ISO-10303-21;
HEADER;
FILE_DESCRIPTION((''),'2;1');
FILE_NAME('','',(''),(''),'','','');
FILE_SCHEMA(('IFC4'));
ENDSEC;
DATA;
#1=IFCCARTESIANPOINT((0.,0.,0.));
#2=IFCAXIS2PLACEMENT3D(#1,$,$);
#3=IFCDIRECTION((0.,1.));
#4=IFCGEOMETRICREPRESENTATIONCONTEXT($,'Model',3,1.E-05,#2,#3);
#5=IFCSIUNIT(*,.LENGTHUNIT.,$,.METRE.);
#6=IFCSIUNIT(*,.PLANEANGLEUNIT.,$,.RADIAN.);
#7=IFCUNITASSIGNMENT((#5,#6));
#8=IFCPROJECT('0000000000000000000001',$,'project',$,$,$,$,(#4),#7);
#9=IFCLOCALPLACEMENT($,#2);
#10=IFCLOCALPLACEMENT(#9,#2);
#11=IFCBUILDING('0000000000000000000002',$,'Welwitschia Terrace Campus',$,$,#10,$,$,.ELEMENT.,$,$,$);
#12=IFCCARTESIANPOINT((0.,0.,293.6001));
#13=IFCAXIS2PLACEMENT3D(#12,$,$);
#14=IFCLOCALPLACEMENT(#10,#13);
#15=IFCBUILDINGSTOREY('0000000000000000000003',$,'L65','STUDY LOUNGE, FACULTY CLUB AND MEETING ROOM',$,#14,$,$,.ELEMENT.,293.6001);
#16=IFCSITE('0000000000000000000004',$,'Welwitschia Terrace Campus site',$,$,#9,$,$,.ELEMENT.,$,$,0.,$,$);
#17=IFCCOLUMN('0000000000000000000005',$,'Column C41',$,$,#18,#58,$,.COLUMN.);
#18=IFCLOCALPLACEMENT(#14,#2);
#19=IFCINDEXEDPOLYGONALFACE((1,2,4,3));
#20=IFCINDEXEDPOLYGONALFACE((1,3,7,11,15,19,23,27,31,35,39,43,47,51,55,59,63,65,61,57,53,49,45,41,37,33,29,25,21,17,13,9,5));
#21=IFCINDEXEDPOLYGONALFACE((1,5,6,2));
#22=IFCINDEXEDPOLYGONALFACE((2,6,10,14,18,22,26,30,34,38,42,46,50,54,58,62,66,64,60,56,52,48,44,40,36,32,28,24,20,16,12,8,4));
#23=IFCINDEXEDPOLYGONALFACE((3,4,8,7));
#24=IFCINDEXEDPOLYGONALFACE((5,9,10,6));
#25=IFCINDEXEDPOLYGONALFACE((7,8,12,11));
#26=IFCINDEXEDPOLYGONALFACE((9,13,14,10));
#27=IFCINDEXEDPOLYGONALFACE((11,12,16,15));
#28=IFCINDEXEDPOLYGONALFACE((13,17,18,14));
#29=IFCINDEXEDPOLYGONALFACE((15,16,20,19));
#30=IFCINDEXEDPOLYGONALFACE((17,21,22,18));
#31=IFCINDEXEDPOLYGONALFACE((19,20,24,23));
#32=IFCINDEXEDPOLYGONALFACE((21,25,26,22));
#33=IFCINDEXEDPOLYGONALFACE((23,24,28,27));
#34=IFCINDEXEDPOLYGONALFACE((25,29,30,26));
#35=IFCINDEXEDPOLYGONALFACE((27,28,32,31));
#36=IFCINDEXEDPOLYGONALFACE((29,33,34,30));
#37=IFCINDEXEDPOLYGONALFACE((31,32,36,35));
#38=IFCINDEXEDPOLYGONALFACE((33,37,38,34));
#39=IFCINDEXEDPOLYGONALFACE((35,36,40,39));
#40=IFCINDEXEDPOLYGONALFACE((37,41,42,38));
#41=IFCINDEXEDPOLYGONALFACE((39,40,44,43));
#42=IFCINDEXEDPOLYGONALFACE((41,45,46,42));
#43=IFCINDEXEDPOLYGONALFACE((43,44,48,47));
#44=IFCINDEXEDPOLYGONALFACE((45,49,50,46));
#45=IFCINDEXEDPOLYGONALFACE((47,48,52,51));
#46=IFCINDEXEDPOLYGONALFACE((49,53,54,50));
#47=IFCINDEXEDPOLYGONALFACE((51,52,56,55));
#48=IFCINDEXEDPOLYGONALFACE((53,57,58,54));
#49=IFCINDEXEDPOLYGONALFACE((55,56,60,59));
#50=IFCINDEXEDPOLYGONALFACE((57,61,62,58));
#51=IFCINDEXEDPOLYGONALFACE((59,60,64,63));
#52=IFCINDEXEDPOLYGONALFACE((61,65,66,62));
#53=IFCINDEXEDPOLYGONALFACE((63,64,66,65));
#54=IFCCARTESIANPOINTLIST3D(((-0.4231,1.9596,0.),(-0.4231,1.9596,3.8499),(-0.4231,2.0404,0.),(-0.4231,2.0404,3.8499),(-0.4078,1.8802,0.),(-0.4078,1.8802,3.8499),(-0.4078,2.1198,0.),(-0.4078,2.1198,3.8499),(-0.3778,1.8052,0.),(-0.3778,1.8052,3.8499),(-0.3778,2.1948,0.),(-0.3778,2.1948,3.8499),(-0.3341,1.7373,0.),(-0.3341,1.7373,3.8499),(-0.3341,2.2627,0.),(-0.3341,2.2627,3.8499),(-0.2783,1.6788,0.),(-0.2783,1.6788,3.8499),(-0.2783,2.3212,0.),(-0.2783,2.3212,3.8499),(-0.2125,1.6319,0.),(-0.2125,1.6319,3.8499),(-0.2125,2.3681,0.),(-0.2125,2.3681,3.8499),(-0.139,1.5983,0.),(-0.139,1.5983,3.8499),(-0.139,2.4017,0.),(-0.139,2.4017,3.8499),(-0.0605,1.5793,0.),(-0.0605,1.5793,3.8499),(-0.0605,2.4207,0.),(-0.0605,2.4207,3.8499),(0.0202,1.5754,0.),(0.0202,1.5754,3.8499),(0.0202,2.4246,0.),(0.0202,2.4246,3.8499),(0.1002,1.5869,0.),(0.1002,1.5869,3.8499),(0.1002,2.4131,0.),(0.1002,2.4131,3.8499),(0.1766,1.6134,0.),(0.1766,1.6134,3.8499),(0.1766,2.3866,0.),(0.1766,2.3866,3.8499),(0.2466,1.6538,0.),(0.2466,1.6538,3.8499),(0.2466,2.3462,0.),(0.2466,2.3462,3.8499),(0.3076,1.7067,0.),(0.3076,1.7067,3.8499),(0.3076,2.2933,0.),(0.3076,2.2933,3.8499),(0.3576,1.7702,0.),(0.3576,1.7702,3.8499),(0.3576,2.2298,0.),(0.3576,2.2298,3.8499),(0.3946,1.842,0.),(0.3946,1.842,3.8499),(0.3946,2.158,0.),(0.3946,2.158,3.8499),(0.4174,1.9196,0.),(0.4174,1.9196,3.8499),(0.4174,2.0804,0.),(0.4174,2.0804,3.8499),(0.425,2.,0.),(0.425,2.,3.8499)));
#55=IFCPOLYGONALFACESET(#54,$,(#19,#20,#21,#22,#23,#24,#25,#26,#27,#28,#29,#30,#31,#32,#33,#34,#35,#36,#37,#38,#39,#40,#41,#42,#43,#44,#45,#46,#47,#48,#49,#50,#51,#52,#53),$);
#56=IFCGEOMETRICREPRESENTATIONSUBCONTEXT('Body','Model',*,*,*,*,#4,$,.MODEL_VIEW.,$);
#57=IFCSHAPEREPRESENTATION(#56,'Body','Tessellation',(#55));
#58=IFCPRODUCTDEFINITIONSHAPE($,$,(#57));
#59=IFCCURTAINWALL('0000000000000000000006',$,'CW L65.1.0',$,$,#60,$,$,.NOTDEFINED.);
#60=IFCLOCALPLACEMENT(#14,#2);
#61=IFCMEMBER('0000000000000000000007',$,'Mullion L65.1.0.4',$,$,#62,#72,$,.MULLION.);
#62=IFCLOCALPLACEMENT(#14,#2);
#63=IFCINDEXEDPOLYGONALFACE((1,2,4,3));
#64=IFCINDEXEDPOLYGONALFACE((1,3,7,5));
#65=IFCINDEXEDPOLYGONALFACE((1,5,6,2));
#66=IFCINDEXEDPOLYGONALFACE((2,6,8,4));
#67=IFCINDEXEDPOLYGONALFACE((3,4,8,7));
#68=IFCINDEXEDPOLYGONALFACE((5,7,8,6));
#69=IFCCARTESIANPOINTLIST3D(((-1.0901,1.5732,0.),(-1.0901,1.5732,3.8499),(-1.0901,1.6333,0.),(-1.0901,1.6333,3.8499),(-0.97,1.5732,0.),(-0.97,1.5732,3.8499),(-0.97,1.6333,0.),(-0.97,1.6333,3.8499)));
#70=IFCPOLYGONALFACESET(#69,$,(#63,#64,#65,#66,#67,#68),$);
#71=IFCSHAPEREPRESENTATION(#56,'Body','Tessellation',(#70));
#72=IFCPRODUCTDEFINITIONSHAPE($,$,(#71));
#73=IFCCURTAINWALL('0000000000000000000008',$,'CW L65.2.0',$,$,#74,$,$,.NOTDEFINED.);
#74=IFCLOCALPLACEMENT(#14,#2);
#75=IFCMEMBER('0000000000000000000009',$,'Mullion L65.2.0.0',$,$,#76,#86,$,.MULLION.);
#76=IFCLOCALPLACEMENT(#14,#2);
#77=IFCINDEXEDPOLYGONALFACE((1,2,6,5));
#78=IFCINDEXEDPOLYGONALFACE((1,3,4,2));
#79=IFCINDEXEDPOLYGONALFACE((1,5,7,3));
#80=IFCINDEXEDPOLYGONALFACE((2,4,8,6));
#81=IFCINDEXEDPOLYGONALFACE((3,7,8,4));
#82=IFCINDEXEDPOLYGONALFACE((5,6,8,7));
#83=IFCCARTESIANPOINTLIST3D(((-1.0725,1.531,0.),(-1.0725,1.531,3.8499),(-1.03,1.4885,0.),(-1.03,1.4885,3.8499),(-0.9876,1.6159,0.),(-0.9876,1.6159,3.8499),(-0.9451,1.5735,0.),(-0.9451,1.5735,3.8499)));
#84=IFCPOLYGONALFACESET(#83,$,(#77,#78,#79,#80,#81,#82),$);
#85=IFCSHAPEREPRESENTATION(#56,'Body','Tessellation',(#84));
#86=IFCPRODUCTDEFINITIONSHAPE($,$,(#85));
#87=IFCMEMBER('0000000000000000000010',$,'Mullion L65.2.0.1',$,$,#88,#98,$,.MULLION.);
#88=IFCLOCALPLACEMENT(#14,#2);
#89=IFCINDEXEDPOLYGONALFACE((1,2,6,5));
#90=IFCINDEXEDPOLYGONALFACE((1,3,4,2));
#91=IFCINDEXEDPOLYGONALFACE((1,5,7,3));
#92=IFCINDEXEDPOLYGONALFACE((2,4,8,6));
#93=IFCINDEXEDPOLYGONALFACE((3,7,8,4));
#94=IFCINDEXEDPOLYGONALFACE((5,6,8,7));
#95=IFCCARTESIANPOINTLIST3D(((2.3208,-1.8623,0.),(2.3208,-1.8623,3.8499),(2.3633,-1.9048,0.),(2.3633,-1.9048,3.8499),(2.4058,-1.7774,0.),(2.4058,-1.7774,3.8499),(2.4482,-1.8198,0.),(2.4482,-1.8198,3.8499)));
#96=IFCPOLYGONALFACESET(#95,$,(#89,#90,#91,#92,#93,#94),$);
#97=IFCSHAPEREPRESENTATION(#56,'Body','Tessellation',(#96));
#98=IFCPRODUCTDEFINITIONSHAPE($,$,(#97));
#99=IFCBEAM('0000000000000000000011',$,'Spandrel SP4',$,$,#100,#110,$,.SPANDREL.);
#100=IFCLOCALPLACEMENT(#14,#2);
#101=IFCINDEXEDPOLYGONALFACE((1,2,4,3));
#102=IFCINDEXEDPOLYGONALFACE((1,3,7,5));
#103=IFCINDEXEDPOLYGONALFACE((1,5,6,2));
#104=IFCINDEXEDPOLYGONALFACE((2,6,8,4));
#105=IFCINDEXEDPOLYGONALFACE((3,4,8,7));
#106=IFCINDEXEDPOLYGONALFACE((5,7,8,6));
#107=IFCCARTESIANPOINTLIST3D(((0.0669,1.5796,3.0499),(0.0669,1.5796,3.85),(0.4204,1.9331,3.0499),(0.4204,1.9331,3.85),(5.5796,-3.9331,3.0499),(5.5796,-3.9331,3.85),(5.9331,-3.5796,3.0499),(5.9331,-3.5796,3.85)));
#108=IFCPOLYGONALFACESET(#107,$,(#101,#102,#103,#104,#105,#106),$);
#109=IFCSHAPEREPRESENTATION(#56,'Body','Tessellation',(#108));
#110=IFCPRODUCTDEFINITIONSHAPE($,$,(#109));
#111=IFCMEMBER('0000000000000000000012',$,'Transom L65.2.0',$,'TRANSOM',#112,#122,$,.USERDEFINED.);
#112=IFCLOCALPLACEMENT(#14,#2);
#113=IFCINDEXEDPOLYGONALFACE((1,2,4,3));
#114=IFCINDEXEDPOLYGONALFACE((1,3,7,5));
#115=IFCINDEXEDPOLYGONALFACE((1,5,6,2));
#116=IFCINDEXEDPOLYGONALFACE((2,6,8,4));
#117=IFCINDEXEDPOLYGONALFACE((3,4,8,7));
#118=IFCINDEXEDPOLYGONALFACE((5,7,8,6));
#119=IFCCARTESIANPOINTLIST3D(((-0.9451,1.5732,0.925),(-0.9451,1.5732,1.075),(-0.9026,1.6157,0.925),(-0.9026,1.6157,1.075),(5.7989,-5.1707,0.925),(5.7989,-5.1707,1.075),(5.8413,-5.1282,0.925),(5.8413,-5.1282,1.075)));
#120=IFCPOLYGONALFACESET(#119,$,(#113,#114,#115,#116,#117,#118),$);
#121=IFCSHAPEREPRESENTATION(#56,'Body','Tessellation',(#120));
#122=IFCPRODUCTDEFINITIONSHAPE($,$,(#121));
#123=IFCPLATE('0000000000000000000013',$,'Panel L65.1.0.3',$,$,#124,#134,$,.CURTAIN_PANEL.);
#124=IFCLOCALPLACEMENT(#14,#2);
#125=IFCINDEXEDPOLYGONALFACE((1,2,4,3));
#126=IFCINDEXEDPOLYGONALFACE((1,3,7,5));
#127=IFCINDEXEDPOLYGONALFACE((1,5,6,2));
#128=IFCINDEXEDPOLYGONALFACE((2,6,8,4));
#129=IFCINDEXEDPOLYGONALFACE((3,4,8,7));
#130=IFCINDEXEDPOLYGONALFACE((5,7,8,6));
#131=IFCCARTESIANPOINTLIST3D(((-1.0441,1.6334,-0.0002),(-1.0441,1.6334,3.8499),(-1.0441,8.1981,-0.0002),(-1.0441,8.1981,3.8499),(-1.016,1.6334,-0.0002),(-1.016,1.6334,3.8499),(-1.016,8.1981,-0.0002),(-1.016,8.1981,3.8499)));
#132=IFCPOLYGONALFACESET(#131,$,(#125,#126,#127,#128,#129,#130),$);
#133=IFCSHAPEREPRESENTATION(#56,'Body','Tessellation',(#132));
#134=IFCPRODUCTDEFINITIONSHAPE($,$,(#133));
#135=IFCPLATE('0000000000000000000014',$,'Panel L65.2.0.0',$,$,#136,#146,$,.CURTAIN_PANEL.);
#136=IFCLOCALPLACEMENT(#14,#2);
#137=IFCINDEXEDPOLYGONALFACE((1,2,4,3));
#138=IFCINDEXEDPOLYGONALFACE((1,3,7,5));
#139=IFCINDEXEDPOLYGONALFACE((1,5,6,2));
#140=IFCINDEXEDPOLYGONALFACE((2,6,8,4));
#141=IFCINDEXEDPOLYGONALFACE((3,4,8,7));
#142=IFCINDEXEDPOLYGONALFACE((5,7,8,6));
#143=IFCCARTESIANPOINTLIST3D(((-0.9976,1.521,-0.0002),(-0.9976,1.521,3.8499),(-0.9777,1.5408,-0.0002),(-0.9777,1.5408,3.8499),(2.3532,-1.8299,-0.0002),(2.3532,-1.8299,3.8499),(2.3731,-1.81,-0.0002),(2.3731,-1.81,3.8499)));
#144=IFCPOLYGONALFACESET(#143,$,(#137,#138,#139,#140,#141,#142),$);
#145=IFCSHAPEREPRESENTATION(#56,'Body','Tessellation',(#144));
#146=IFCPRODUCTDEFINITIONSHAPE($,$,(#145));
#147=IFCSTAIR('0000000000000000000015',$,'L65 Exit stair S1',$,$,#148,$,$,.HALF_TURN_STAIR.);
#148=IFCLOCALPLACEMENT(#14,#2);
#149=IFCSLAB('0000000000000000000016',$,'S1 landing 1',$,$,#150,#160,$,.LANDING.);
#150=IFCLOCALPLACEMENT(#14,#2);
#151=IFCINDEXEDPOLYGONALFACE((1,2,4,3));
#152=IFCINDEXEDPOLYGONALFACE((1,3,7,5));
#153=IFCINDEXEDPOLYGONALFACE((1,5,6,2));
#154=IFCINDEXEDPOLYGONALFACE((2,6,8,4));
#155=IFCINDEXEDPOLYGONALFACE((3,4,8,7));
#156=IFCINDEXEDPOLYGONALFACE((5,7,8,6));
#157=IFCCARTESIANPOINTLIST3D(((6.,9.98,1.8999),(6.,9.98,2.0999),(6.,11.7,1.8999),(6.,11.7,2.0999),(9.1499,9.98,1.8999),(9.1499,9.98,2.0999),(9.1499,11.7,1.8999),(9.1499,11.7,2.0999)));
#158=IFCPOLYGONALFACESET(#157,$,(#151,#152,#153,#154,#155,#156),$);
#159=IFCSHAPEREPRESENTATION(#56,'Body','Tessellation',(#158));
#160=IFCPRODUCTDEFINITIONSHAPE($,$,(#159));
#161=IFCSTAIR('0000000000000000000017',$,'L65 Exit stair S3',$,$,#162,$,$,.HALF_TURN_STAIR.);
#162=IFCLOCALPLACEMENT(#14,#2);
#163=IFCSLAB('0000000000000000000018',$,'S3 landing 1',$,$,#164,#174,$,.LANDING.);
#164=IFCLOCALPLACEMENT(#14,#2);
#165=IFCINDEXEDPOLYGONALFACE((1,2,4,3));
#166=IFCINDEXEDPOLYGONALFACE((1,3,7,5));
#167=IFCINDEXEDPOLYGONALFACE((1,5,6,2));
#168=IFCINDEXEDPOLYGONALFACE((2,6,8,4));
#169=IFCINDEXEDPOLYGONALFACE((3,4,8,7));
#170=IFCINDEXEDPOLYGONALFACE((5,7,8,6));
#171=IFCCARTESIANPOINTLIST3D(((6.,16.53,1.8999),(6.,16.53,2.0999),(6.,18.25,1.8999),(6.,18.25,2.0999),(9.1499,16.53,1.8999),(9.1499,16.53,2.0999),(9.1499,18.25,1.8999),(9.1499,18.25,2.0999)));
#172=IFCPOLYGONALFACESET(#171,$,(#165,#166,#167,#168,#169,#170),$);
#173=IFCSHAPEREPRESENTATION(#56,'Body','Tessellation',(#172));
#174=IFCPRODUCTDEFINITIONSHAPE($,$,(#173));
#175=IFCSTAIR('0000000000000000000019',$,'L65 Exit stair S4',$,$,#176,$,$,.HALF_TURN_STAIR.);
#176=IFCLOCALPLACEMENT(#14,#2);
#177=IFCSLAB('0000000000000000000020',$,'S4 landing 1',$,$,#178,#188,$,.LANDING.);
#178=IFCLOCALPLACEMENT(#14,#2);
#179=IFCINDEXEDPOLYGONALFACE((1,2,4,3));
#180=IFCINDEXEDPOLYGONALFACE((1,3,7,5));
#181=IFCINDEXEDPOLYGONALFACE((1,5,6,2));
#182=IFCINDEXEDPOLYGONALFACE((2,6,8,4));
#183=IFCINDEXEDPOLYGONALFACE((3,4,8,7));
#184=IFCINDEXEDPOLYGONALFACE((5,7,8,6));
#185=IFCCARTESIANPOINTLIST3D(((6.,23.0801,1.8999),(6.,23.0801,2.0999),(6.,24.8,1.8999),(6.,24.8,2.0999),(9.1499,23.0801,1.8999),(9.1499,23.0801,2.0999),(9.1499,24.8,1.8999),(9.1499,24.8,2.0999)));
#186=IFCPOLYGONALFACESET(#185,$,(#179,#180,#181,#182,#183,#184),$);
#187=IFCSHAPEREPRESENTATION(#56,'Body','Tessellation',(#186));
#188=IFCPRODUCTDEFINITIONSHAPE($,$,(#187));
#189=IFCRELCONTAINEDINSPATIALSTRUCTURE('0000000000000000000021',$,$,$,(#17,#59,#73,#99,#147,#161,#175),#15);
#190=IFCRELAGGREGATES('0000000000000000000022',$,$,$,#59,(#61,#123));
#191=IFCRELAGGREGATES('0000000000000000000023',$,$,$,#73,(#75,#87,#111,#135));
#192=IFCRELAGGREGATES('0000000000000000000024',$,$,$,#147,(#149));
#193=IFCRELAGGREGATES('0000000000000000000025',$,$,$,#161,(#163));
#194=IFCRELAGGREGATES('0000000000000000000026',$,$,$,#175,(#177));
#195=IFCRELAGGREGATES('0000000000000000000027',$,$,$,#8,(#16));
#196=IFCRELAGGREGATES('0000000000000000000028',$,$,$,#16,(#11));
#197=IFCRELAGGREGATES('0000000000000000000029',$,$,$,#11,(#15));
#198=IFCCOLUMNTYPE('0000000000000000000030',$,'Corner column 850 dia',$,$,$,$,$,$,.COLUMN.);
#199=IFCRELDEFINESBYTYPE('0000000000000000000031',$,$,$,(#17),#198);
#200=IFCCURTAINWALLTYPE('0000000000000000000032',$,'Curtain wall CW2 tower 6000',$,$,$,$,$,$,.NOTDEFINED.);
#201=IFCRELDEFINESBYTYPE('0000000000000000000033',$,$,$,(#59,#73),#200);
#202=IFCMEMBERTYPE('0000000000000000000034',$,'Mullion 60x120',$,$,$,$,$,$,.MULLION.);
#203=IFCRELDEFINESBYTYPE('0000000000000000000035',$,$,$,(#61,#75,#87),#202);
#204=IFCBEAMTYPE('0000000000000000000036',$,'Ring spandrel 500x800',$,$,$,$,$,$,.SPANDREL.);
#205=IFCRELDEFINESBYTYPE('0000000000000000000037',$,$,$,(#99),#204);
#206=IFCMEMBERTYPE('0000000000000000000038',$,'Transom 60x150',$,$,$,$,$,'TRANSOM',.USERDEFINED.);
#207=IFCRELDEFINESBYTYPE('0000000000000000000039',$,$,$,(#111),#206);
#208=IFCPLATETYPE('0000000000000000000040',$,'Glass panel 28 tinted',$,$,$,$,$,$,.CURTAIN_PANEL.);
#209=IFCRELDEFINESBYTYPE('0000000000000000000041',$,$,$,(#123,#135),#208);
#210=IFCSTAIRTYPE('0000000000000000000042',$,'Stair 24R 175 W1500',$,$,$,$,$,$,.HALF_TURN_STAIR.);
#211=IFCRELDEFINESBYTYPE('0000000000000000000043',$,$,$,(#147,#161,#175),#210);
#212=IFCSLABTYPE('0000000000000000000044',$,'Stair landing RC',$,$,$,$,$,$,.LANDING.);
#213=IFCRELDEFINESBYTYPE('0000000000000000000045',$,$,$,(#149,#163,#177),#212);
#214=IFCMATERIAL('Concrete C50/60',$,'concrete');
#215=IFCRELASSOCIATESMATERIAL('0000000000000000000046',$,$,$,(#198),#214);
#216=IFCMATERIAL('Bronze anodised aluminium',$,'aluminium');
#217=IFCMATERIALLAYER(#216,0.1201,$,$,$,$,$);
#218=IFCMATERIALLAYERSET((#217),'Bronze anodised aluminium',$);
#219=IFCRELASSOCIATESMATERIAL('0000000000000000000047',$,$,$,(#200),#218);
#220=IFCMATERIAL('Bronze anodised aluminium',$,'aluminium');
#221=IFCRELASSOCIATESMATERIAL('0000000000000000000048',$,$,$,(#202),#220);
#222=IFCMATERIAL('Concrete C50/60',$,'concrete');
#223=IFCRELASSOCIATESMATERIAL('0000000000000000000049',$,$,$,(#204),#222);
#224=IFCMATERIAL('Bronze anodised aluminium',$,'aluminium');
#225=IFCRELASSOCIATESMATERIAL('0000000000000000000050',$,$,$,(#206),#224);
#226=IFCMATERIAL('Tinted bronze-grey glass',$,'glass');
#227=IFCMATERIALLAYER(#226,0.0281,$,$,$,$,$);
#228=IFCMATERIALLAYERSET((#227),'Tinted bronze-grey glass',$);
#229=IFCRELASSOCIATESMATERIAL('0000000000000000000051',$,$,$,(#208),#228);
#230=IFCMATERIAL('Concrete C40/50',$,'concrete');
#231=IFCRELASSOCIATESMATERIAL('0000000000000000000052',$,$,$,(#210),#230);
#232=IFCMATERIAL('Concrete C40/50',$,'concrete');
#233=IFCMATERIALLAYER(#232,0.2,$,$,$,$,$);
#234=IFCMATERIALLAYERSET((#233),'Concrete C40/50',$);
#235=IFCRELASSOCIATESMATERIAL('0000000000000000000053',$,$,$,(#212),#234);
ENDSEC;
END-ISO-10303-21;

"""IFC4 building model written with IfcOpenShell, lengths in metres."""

from ifc_helpers import new_model, si_unit, direction, frame, origin, origin_2d, place, context, subcontext, project, spatial, polyline, rectangle, circle, outline, extrude, material, layer, layer_set, material_profile, profile_set, type_object, element, aggregate, save


model = new_model("IFC4")

# Units and contexts
model_context = context("Model", 3, precision=1e-05, world=origin(), true_north=direction((0.0, 1.0)))
body_context = subcontext(model_context, "Body", "Model", "MODEL_VIEW")
ifc_project = project(units=[si_unit("LENGTHUNIT", "METRE"), si_unit("PLANEANGLEUNIT", "RADIAN")], contexts=[model_context])

# Site, building, storey
site_placement = place(None, origin())
site = spatial("IfcSite", under=ifc_project, at=site_placement, Name="Welwitschia Terrace Campus site", CompositionType="ELEMENT", RefElevation=0.0)
building_placement = place(site_placement, origin())
building = spatial("IfcBuilding", under=site, at=building_placement, Name="Welwitschia Terrace Campus", CompositionType="ELEMENT")
storey_placement = place(building_placement, frame((0.0, 0.0, 293.6001)))
storey = spatial("IfcBuildingStorey", under=building, at=storey_placement, Name="L65", Description="STUDY LOUNGE, FACULTY CLUB AND MEETING ROOM", CompositionType="ELEMENT", Elevation=293.6001)

# Column
ifc_material_1 = material(Name="Concrete C50/60", Category="concrete")
ifc_material_profile_1 = material_profile(ifc_material_1, circle(Radius=0.425, at=origin_2d()))
ifc_profile_set_1 = profile_set([ifc_material_profile_1], Name="Concrete C50/60")
column_type = type_object("IfcColumnType", Name="Corner column 850 dia", PredefinedType="COLUMN", material=ifc_profile_set_1)
column_placement = place(storey_placement, frame((0.0, 2.0, 0.0), z_axis=(0.0, 0.0, 1.0), x_axis=(1.0, 0.0, 0.0)))
element("IfcColumn", 1, at=column_placement, inside=storey, type_object=column_type, Name="Column C41", PredefinedType="COLUMN", context=body_context, shape_type="SweptSolid", body=[
    extrude(circle(Radius=0.425, at=origin_2d()), origin(), (0.0, 0.0, 1.0), 3.8499),
])

# Curtain wall, member
ifc_material_2 = material(Name="Bronze anodised aluminium", Category="aluminium")
ifc_layer_1 = layer(ifc_material_2, 0.1201)
ifc_layer_set_1 = layer_set([ifc_layer_1], Name="Bronze anodised aluminium")
curtain_wall_type = type_object("IfcCurtainWallType", Name="Curtain wall CW2 tower 6000", PredefinedType="NOTDEFINED", material=ifc_layer_set_1)
curtain_wall_1_placement = place(storey_placement, origin())
curtain_wall_1 = element("IfcCurtainWall", 2, at=curtain_wall_1_placement, inside=storey, type_object=curtain_wall_type, Name="CW L65.1.0", PredefinedType="NOTDEFINED")
ifc_material_3 = material(Name="Bronze anodised aluminium", Category="aluminium")
ifc_material_profile_2 = material_profile(ifc_material_3, rectangle(XDim=0.1201, YDim=0.0601, at=origin_2d()))
ifc_profile_set_2 = profile_set([ifc_material_profile_2], Name="Bronze anodised aluminium")
member_type_1 = type_object("IfcMemberType", Name="Mullion 60x120", PredefinedType="MULLION", material=ifc_profile_set_2)
member_1_placement = place(storey_placement, frame((-1.03, 1.6033, 0.0), z_axis=(0.0, 0.0, 1.0), x_axis=(1.0, 0.0, 0.0)))
member_1 = element("IfcMember", 3, at=member_1_placement, type_object=member_type_1, Name="Mullion L65.1.0.4", PredefinedType="MULLION", context=body_context, shape_type="SweptSolid", body=[
    extrude(rectangle(XDim=0.1201, YDim=0.0601, at=origin_2d()), origin(), (0.0, 0.0, 1.0), 3.8499),
])

# Curtain wall, members
curtain_wall_2_placement = place(storey_placement, origin())
curtain_wall_2 = element("IfcCurtainWall", 4, at=curtain_wall_2_placement, inside=storey, type_object=curtain_wall_type, Name="CW L65.2.0", PredefinedType="NOTDEFINED")
member_2_placement = place(storey_placement, frame((-1.0088, 1.5522, 0.0), z_axis=(0.0, 0.0, 1.0), x_axis=(0.707107, 0.707107, 0.0)))
member_2 = element("IfcMember", 5, at=member_2_placement, type_object=member_type_1, Name="Mullion L65.2.0.0", PredefinedType="MULLION", context=body_context, shape_type="SweptSolid", body=[
    extrude(rectangle(XDim=0.1201, YDim=0.0601, at=origin_2d()), origin(), (0.0, 0.0, 1.0), 3.8499),
])
member_3_placement = place(storey_placement, frame((2.3845, -1.8411, 0.0), z_axis=(0.0, 0.0, 1.0), x_axis=(0.707107, 0.707107, 0.0)))
member_3 = element("IfcMember", 6, at=member_3_placement, type_object=member_type_1, Name="Mullion L65.2.0.1", PredefinedType="MULLION", context=body_context, shape_type="SweptSolid", body=[
    extrude(rectangle(XDim=0.1201, YDim=0.0601, at=origin_2d()), origin(), (0.0, 0.0, 1.0), 3.8499),
])

# Beam
ifc_material_4 = material(Name="Concrete C50/60", Category="concrete")
ifc_material_profile_3 = material_profile(ifc_material_4, rectangle(XDim=0.5, YDim=0.8, at=origin_2d()))
ifc_profile_set_3 = profile_set([ifc_material_profile_3], Name="Concrete C50/60")
beam_type = type_object("IfcBeamType", Name="Ring spandrel 500x800", PredefinedType="SPANDREL", material=ifc_profile_set_3)
beam_placement = place(storey_placement, frame((0.2437, 1.7563, 3.45), z_axis=(0.707107, -0.707107, 0.0), x_axis=(0.707107, 0.707107, 0.0)))
element("IfcBeam", 7, at=beam_placement, inside=storey, type_object=beam_type, Name="Spandrel SP4", PredefinedType="SPANDREL", context=body_context, shape_type="SweptSolid", body=[
    extrude(rectangle(XDim=0.5, YDim=0.8, at=origin_2d()), origin(), (0.0, 0.0, 1.0), 7.7961),
])

# Member
ifc_material_5 = material(Name="Bronze anodised aluminium", Category="aluminium")
ifc_material_profile_4 = material_profile(ifc_material_5, rectangle(XDim=0.0601, YDim=0.1499, at=origin_2d()))
ifc_profile_set_4 = profile_set([ifc_material_profile_4], Name="Bronze anodised aluminium")
member_type_2 = type_object("IfcMemberType", Name="Transom 60x150", ElementType="TRANSOM", PredefinedType="USERDEFINED", material=ifc_profile_set_4)
member_4_placement = place(storey_placement, frame((-0.9238, 1.5945, 1.0), z_axis=(0.707107, -0.707107, 0.0), x_axis=(0.707107, 0.707107, 0.0)))
member_4 = element("IfcMember", 8, at=member_4_placement, type_object=member_type_2, Name="Transom L65.2.0", ObjectType="TRANSOM", PredefinedType="USERDEFINED", context=body_context, shape_type="SweptSolid", body=[
    extrude(rectangle(XDim=0.0601, YDim=0.1499, at=origin_2d()), origin(), (0.0, 0.0, 1.0), 9.5374),
])

# Plates
ifc_material_6 = material(Name="Tinted bronze-grey glass", Category="glass")
ifc_layer_2 = layer(ifc_material_6, 0.0281)
ifc_layer_set_2 = layer_set([ifc_layer_2], Name="Tinted bronze-grey glass")
plate_type = type_object("IfcPlateType", Name="Glass panel 28 tinted", PredefinedType="CURTAIN_PANEL", material=ifc_layer_set_2)
plate_1_placement = place(storey_placement, frame((-1.03, 4.9158, -0.0002), z_axis=(0.0, 0.0, 1.0), x_axis=(0.0, -1.0, 0.0)))
plate_1 = element("IfcPlate", 9, at=plate_1_placement, type_object=plate_type, Name="Panel L65.1.0.3", PredefinedType="CURTAIN_PANEL", context=body_context, shape_type="SweptSolid", body=[
    extrude(rectangle(XDim=6.5647, YDim=0.0281, at=origin_2d()), origin(), (0.0, 0.0, 1.0), 3.8501),
])
aggregate(curtain_wall_1, [member_1, plate_1])
plate_2_placement = place(storey_placement, frame((0.6877, -0.1445, -0.0002), z_axis=(0.0, 0.0, 1.0), x_axis=(0.707107, -0.707107, 0.0)))
plate_2 = element("IfcPlate", 10, at=plate_2_placement, type_object=plate_type, Name="Panel L65.2.0.0", PredefinedType="CURTAIN_PANEL", context=body_context, shape_type="SweptSolid", body=[
    extrude(rectangle(XDim=4.7388, YDim=0.0281, at=origin_2d()), origin(), (0.0, 0.0, 1.0), 3.8501),
])
aggregate(curtain_wall_2, [member_2, member_3, member_4, plate_2])

# Stairs, slabs
ifc_material_7 = material(Name="Concrete C40/50", Category="concrete")
stair_type = type_object("IfcStairType", Name="Stair 24R 175 W1500", PredefinedType="HALF_TURN_STAIR", material=ifc_material_7)
stair_1_placement = place(storey_placement, origin())
stair_1 = element("IfcStair", 11, at=stair_1_placement, inside=storey, type_object=stair_type, Name="L65 Exit stair S1", PredefinedType="HALF_TURN_STAIR")
ifc_material_8 = material(Name="Concrete C40/50", Category="concrete")
ifc_layer_3 = layer(ifc_material_8, 0.2)
ifc_layer_set_3 = layer_set([ifc_layer_3], Name="Concrete C40/50")
slab_type_1 = type_object("IfcSlabType", Name="Stair landing RC", PredefinedType="LANDING", material=ifc_layer_set_3)
slab_1_placement = place(storey_placement, frame((0.0, 0.0, 1.8999)))
slab_1 = element("IfcSlab", 12, at=slab_1_placement, type_object=slab_type_1, Name="S1 landing 1", PredefinedType="LANDING", context=body_context, shape_type="SweptSolid", body=[
    extrude(outline(polyline([(9.1499, 9.98), (9.1499, 11.7), (6.0, 11.7), (6.0, 9.98), (9.1499, 9.98)])), origin(), (0.0, 0.0, 1.0), 0.2),
])
aggregate(stair_1, [slab_1])
stair_2_placement = place(storey_placement, origin())
stair_2 = element("IfcStair", 13, at=stair_2_placement, inside=storey, type_object=stair_type, Name="L65 Exit stair S3", PredefinedType="HALF_TURN_STAIR")
slab_2_placement = place(storey_placement, frame((0.0, 0.0, 1.8999)))
slab_2 = element("IfcSlab", 14, at=slab_2_placement, type_object=slab_type_1, Name="S3 landing 1", PredefinedType="LANDING", context=body_context, shape_type="SweptSolid", body=[
    extrude(outline(polyline([(9.1499, 16.53), (9.1499, 18.25), (6.0, 18.25), (6.0, 16.53), (9.1499, 16.53)])), origin(), (0.0, 0.0, 1.0), 0.2),
])
aggregate(stair_2, [slab_2])
stair_3_placement = place(storey_placement, origin())
stair_3 = element("IfcStair", 15, at=stair_3_placement, inside=storey, type_object=stair_type, Name="L65 Exit stair S4", PredefinedType="HALF_TURN_STAIR")
slab_3_placement = place(storey_placement, frame((0.0, 0.0, 1.8999)))
slab_3 = element("IfcSlab", 16, at=slab_3_placement, type_object=slab_type_1, Name="S4 landing 1", PredefinedType="LANDING", context=body_context, shape_type="SweptSolid", body=[
    extrude(outline(polyline([(9.1499, 23.0801), (9.1499, 24.8), (6.0, 24.8), (6.0, 23.0801), (9.1499, 23.0801)])), origin(), (0.0, 0.0, 1.0), 0.2),
])
aggregate(stair_3, [slab_3])

save(model, "model.ifc")
